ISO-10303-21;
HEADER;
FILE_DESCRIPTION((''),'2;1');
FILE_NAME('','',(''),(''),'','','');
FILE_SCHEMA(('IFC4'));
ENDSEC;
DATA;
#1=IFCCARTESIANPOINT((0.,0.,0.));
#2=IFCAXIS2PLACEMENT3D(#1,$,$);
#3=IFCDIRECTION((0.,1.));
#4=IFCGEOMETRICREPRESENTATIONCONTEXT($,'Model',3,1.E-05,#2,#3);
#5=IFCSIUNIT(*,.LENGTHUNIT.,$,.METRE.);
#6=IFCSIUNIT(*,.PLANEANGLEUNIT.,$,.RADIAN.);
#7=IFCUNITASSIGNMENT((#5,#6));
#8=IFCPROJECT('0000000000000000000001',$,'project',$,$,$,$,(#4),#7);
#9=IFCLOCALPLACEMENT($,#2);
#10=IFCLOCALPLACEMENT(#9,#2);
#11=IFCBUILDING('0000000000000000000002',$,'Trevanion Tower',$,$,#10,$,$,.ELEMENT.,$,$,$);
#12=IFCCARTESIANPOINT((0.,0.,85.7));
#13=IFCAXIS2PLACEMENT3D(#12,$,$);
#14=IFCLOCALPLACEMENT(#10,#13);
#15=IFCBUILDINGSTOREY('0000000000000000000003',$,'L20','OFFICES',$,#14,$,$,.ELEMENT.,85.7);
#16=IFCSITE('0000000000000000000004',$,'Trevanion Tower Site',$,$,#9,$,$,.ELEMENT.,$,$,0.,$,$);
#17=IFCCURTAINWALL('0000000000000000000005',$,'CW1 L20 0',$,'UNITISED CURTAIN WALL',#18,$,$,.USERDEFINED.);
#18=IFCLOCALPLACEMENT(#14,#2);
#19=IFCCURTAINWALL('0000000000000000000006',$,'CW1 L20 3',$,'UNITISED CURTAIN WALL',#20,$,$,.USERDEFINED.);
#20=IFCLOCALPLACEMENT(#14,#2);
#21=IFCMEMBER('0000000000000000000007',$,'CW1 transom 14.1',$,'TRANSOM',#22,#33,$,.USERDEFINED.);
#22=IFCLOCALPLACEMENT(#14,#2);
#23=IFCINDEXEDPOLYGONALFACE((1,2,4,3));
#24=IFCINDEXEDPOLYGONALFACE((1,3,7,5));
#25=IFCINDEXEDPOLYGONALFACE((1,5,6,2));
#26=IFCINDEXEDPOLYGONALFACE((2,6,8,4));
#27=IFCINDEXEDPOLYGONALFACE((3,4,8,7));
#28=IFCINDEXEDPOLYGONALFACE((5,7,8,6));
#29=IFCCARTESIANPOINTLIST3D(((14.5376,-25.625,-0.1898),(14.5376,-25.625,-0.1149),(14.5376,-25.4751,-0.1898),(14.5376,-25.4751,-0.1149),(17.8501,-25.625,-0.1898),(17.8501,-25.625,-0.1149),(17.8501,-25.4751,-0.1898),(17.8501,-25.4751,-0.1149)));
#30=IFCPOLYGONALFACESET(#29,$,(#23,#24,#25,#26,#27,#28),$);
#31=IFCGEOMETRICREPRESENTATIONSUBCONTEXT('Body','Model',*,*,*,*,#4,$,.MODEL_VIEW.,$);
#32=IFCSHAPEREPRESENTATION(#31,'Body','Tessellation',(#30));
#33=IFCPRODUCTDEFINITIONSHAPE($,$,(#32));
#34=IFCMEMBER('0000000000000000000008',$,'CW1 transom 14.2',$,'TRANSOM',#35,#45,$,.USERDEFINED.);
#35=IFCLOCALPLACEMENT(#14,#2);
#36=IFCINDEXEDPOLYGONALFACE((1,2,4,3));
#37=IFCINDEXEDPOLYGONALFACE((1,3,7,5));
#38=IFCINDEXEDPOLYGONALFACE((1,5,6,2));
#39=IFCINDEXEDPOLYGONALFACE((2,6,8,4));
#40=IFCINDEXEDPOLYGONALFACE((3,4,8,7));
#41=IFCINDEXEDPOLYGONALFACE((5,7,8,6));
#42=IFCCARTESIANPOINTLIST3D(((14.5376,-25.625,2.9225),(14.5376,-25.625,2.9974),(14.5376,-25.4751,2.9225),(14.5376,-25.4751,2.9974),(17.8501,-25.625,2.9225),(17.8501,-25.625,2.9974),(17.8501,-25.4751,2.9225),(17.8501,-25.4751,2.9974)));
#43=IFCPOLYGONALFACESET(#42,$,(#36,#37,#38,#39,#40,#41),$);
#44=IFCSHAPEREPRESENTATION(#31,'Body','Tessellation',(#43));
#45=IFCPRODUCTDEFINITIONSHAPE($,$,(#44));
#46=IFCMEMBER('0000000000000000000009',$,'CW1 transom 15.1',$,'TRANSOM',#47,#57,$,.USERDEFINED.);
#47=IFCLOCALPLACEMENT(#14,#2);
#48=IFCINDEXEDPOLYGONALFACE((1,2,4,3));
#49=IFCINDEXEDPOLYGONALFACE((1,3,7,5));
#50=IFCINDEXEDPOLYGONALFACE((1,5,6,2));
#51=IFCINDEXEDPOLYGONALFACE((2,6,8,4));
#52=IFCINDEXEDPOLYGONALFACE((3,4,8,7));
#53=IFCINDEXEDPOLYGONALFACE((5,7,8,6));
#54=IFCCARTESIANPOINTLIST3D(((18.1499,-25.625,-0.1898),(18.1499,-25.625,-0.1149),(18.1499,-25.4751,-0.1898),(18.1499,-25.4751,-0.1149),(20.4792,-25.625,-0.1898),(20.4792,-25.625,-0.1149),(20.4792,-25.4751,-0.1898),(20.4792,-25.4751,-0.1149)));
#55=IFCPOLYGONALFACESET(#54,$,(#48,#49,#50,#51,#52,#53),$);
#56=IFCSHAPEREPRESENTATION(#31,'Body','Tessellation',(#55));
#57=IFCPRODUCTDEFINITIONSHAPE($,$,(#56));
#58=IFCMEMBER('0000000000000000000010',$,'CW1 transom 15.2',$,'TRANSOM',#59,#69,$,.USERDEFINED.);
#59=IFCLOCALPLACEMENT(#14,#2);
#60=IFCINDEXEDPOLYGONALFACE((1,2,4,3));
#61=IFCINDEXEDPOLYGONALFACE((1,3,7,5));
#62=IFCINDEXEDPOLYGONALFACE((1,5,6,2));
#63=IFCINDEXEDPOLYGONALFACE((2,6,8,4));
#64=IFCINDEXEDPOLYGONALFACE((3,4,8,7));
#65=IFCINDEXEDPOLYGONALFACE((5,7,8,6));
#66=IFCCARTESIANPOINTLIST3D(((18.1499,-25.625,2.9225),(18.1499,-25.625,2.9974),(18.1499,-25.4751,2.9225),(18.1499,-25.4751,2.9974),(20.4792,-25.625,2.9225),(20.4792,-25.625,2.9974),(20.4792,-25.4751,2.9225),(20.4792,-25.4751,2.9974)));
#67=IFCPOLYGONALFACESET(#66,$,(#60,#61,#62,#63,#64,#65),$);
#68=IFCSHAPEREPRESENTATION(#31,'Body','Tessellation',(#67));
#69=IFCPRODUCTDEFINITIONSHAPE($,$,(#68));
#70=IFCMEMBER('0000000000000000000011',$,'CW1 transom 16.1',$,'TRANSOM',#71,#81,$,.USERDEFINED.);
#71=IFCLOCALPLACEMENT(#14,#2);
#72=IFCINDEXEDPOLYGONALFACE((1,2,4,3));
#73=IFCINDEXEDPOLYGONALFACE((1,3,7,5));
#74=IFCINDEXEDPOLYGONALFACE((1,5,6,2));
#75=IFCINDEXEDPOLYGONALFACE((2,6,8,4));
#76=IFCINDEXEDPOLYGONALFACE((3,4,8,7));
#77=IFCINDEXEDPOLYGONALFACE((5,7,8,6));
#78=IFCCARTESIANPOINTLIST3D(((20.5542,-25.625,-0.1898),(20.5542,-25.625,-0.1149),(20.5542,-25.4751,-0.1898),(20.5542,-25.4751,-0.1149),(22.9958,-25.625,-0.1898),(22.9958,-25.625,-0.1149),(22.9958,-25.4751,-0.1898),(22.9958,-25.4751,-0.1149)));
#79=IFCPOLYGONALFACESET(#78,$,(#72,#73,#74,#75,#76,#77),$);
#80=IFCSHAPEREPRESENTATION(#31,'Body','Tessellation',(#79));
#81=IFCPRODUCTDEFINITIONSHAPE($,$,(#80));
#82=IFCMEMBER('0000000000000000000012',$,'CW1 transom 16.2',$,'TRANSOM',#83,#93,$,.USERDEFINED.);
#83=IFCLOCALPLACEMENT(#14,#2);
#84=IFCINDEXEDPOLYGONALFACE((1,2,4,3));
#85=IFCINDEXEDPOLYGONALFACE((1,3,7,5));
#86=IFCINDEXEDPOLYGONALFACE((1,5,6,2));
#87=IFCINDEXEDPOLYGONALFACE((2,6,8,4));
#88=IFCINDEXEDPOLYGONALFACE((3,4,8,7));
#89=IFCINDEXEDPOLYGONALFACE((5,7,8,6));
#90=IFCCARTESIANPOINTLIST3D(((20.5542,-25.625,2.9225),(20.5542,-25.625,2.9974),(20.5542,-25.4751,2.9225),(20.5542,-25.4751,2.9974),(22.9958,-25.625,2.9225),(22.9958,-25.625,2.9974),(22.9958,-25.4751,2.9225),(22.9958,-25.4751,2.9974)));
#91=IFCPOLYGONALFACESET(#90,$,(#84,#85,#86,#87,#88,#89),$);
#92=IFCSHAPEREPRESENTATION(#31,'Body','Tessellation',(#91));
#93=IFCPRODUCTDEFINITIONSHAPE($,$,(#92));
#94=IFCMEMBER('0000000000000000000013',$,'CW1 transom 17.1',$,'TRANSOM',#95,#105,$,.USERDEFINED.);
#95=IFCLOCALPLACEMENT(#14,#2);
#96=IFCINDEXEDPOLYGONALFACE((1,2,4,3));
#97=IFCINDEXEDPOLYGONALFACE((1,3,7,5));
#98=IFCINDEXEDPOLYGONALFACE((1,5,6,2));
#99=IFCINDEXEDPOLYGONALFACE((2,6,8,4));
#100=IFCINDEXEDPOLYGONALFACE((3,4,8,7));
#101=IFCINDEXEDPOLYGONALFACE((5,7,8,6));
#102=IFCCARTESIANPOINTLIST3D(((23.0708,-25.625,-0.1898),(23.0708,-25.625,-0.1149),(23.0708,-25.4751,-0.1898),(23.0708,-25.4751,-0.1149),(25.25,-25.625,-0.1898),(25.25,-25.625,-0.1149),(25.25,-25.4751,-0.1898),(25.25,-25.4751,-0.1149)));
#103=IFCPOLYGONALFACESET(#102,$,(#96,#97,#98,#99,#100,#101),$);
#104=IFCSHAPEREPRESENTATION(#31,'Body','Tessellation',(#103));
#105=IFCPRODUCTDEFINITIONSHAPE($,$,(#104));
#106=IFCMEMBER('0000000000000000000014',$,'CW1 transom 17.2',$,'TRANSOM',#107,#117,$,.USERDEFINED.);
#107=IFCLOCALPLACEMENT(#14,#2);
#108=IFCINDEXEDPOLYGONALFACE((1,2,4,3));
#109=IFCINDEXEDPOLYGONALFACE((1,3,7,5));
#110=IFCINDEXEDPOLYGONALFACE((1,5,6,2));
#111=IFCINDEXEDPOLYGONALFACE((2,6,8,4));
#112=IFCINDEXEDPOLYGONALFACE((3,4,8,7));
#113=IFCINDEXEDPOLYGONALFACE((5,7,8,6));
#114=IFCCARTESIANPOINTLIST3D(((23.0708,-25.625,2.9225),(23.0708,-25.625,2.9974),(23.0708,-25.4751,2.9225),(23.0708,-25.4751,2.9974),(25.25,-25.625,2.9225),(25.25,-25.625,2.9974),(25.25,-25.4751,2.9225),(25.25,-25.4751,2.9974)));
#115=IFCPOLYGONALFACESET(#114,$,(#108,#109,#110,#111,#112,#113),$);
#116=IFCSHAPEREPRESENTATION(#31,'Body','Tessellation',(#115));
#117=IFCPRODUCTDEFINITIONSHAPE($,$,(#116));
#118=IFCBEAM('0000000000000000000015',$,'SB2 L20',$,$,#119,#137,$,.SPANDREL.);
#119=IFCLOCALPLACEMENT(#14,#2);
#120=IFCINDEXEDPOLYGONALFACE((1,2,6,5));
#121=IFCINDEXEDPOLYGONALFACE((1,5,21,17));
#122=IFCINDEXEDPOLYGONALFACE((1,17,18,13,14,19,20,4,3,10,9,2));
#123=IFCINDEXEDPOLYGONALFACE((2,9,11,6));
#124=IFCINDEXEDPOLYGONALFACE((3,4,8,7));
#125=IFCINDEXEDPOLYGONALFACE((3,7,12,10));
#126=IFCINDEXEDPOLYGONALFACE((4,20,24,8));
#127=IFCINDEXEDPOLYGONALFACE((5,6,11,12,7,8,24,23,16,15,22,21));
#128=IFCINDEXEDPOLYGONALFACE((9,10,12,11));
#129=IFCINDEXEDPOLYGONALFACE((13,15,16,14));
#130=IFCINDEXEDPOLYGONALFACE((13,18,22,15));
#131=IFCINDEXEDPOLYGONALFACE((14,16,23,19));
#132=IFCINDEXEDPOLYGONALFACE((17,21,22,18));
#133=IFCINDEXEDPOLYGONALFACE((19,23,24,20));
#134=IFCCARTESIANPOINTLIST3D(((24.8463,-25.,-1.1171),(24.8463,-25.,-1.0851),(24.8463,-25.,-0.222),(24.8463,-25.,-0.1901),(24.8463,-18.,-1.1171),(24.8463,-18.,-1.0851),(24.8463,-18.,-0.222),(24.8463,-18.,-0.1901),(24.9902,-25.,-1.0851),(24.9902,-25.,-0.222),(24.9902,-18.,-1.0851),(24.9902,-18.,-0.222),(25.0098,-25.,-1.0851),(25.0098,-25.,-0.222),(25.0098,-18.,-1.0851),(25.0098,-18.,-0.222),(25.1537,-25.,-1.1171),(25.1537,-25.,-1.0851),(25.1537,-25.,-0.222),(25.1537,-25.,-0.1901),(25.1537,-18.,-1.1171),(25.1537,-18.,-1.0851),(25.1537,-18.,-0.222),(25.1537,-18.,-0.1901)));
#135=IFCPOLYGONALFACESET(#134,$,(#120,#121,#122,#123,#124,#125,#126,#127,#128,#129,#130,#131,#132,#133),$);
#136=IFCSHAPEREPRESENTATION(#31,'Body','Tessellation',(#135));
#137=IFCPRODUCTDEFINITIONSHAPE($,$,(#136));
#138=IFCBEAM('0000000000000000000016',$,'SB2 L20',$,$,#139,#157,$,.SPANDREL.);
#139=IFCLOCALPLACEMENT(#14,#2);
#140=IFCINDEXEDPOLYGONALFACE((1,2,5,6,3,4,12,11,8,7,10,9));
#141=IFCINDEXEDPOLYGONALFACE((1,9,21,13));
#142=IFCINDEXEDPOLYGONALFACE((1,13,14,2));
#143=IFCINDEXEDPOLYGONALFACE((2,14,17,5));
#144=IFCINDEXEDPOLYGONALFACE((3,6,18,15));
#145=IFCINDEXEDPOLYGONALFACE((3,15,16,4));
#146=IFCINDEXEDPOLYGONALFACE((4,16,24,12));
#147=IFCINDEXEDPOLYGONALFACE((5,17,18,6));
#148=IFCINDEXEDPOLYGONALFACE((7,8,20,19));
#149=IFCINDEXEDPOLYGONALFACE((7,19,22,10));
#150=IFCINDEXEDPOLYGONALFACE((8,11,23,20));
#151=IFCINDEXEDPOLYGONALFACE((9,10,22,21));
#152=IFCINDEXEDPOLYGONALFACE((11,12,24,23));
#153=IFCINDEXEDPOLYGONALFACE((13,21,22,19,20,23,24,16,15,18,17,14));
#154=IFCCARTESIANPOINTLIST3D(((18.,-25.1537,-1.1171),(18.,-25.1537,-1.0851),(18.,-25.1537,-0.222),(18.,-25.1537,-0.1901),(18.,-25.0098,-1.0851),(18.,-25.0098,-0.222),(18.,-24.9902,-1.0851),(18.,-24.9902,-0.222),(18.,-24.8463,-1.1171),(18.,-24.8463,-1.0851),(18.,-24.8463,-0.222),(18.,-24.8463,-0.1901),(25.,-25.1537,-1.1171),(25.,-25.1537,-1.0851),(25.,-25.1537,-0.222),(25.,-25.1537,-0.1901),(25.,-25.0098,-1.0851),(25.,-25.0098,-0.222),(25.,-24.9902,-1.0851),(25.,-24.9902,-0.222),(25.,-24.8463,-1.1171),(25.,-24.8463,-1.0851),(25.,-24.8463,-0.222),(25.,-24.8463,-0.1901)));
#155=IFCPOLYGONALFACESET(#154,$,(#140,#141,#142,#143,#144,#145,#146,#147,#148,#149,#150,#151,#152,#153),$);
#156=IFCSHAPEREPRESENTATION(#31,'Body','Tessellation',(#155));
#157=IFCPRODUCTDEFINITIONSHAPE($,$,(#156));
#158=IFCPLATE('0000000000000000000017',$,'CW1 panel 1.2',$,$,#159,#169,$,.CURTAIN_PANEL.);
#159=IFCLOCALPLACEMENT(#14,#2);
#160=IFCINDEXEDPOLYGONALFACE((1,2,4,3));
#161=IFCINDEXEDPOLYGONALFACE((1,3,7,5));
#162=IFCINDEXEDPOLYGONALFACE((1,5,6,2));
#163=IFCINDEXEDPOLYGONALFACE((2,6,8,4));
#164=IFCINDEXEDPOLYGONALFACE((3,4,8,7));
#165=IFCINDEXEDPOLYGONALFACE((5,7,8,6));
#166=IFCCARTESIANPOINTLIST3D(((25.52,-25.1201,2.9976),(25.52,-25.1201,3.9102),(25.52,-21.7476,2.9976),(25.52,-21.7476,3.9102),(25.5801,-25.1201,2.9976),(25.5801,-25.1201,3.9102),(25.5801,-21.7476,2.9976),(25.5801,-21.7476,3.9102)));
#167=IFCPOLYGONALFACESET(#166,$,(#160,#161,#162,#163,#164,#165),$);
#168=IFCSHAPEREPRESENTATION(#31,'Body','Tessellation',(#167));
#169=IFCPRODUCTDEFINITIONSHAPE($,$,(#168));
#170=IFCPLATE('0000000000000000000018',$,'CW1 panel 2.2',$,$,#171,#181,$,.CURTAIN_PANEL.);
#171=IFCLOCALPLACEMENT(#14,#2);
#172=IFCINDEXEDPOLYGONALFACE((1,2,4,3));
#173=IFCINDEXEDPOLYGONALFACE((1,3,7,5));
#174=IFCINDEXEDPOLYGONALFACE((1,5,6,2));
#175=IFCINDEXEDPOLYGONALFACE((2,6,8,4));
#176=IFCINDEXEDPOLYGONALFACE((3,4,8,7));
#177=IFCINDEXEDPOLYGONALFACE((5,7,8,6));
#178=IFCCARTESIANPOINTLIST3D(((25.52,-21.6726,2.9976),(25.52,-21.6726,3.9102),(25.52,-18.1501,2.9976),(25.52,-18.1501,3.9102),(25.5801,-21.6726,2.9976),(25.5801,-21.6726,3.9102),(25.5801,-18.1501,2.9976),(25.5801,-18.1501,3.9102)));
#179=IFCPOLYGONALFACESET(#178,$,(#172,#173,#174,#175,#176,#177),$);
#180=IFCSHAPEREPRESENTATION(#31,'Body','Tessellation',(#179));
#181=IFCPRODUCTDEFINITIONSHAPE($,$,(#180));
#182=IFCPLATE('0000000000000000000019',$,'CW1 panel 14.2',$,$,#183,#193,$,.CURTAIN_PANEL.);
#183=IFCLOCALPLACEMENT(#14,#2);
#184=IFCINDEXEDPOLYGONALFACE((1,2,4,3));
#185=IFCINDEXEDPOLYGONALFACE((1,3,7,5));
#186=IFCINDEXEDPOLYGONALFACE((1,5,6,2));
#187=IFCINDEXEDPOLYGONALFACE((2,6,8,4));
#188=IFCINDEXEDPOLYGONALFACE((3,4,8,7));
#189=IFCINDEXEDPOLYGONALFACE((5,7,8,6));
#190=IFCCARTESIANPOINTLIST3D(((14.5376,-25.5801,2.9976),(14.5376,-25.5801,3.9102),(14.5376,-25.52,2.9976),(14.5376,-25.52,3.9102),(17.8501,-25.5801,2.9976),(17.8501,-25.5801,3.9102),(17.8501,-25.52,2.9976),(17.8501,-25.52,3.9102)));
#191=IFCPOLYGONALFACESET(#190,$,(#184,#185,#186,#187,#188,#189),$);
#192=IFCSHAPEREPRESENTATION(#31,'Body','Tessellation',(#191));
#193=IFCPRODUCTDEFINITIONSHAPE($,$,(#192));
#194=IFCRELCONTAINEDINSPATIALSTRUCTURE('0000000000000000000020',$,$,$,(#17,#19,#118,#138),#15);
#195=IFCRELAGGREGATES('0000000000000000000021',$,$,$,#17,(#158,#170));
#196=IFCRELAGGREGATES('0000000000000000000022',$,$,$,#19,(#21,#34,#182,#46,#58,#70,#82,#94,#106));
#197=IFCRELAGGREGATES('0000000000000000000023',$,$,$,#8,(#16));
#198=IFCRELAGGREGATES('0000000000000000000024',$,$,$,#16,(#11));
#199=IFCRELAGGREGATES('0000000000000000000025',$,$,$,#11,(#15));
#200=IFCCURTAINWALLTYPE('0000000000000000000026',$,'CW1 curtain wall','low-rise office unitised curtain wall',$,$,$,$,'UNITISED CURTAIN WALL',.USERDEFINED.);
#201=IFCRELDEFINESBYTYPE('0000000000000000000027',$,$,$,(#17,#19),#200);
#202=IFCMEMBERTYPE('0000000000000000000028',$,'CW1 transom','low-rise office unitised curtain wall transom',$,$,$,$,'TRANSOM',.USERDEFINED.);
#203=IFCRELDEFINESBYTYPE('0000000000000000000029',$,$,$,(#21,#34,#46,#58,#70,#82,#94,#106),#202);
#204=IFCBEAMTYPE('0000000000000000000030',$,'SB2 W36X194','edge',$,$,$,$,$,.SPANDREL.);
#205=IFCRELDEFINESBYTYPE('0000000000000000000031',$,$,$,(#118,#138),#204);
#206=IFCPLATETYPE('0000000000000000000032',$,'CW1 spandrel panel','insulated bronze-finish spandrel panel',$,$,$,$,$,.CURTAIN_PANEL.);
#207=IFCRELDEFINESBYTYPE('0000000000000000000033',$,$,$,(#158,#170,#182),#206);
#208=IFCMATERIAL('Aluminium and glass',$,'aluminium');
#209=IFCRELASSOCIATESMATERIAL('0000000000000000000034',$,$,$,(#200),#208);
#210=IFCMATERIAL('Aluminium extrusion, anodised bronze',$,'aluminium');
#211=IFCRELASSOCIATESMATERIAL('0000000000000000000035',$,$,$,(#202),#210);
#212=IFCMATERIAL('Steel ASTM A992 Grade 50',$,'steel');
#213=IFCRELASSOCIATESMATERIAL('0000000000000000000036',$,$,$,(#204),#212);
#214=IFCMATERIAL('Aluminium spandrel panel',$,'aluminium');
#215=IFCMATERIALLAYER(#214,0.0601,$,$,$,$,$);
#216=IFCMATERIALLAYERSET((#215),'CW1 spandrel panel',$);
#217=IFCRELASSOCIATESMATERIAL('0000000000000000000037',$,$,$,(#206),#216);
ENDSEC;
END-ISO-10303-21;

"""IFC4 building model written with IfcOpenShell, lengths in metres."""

from ifc_helpers import new_model, si_unit, direction, frame, origin, origin_2d, place, context, subcontext, project, spatial, rectangle, i_section, extrude, material, layer, layer_set, material_profile, profile_set, type_object, element, aggregate, save


model = new_model("IFC4")

# Units and contexts
model_context = context("Model", 3, precision=1e-05, world=origin(), true_north=direction((0.0, 1.0)))
body_context = subcontext(model_context, "Body", "Model", "MODEL_VIEW")
ifc_project = project(units=[si_unit("LENGTHUNIT", "METRE"), si_unit("PLANEANGLEUNIT", "RADIAN")], contexts=[model_context])

# Site, building, storey
site_placement = place(None, origin())
site = spatial("IfcSite", under=ifc_project, at=site_placement, Name="Trevanion Tower Site", CompositionType="ELEMENT", RefElevation=0.0)
building_placement = place(site_placement, origin())
building = spatial("IfcBuilding", under=site, at=building_placement, Name="Trevanion Tower", CompositionType="ELEMENT")
storey_placement = place(building_placement, frame((0.0, 0.0, 85.7)))
storey = spatial("IfcBuildingStorey", under=building, at=storey_placement, Name="L20", Description="OFFICES", CompositionType="ELEMENT", Elevation=85.7)

# Curtain wall
ifc_material_1 = material(Name="Aluminium and glass", Category="aluminium")
curtain_wall_type = type_object("IfcCurtainWallType", Name="CW1 curtain wall", Description="low-rise office unitised curtain wall", ElementType="UNITISED CURTAIN WALL", PredefinedType="USERDEFINED", material=ifc_material_1)
curtain_wall_1_placement = place(storey_placement, origin())
curtain_wall_1 = element("IfcCurtainWall", 1, at=curtain_wall_1_placement, inside=storey, type_object=curtain_wall_type, Name="CW1 L20 0", ObjectType="UNITISED CURTAIN WALL", PredefinedType="USERDEFINED")

# Curtain wall
curtain_wall_2_placement = place(storey_placement, origin())
curtain_wall_2 = element("IfcCurtainWall", 2, at=curtain_wall_2_placement, inside=storey, type_object=curtain_wall_type, Name="CW1 L20 3", ObjectType="UNITISED CURTAIN WALL", PredefinedType="USERDEFINED")

# Members
ifc_material_2 = material(Name="Aluminium extrusion, anodised bronze", Category="aluminium")
ifc_material_profile_1 = material_profile(ifc_material_2, rectangle(XDim=0.1499, YDim=0.075, at=origin_2d()), Name="CW1 transom")
ifc_profile_set_1 = profile_set([ifc_material_profile_1], Name="Aluminium extrusion, anodised bronze")
member_type_1 = type_object("IfcMemberType", Name="CW1 transom", Description="low-rise office unitised curtain wall transom", ElementType="TRANSOM", PredefinedType="USERDEFINED", material=ifc_profile_set_1)
member_1_placement = place(storey_placement, frame((14.5376, -25.55, -0.1523), z_axis=(1.0, 0.0, 0.0), x_axis=(0.0, 1.0, 0.0)))
member_1 = element("IfcMember", 3, at=member_1_placement, type_object=member_type_1, Name="CW1 transom 14.1", ObjectType="TRANSOM", PredefinedType="USERDEFINED", context=body_context, shape_type="SweptSolid", body=[
    extrude(rectangle(XDim=0.1499, YDim=0.075, at=origin_2d()), origin(), (0.0, 0.0, 1.0), 3.3125),
])
member_2_placement = place(storey_placement, frame((14.5376, -25.55, 2.96), z_axis=(1.0, 0.0, 0.0), x_axis=(0.0, 1.0, 0.0)))
member_2 = element("IfcMember", 4, at=member_2_placement, type_object=member_type_1, Name="CW1 transom 14.2", ObjectType="TRANSOM", PredefinedType="USERDEFINED", context=body_context, shape_type="SweptSolid", body=[
    extrude(rectangle(XDim=0.1499, YDim=0.075, at=origin_2d()), origin(), (0.0, 0.0, 1.0), 3.3125),
])
member_3_placement = place(storey_placement, frame((18.1499, -25.55, -0.1523), z_axis=(1.0, 0.0, 0.0), x_axis=(0.0, 1.0, 0.0)))
member_3 = element("IfcMember", 5, at=member_3_placement, type_object=member_type_1, Name="CW1 transom 15.1", ObjectType="TRANSOM", PredefinedType="USERDEFINED", context=body_context, shape_type="SweptSolid", body=[
    extrude(rectangle(XDim=0.1499, YDim=0.075, at=origin_2d()), origin(), (0.0, 0.0, 1.0), 2.3293),
])
member_4_placement = place(storey_placement, frame((18.1499, -25.55, 2.96), z_axis=(1.0, 0.0, 0.0), x_axis=(0.0, 1.0, 0.0)))
member_4 = element("IfcMember", 6, at=member_4_placement, type_object=member_type_1, Name="CW1 transom 15.2", ObjectType="TRANSOM", PredefinedType="USERDEFINED", context=body_context, shape_type="SweptSolid", body=[
    extrude(rectangle(XDim=0.1499, YDim=0.075, at=origin_2d()), origin(), (0.0, 0.0, 1.0), 2.3293),
])
member_5_placement = place(storey_placement, frame((20.5542, -25.55, -0.1523), z_axis=(1.0, 0.0, 0.0), x_axis=(0.0, 1.0, 0.0)))
member_5 = element("IfcMember", 7, at=member_5_placement, type_object=member_type_1, Name="CW1 transom 16.1", ObjectType="TRANSOM", PredefinedType="USERDEFINED", context=body_context, shape_type="SweptSolid", body=[
    extrude(rectangle(XDim=0.1499, YDim=0.075, at=origin_2d()), origin(), (0.0, 0.0, 1.0), 2.4417),
])
member_6_placement = place(storey_placement, frame((20.5542, -25.55, 2.96), z_axis=(1.0, 0.0, 0.0), x_axis=(0.0, 1.0, 0.0)))
member_6 = element("IfcMember", 8, at=member_6_placement, type_object=member_type_1, Name="CW1 transom 16.2", ObjectType="TRANSOM", PredefinedType="USERDEFINED", context=body_context, shape_type="SweptSolid", body=[
    extrude(rectangle(XDim=0.1499, YDim=0.075, at=origin_2d()), origin(), (0.0, 0.0, 1.0), 2.4417),
])
member_7_placement = place(storey_placement, frame((23.0708, -25.55, -0.1523), z_axis=(1.0, 0.0, 0.0), x_axis=(0.0, 1.0, 0.0)))
member_7 = element("IfcMember", 9, at=member_7_placement, type_object=member_type_1, Name="CW1 transom 17.1", ObjectType="TRANSOM", PredefinedType="USERDEFINED", context=body_context, shape_type="SweptSolid", body=[
    extrude(rectangle(XDim=0.1499, YDim=0.075, at=origin_2d()), origin(), (0.0, 0.0, 1.0), 2.1792),
])
member_8_placement = place(storey_placement, frame((23.0708, -25.55, 2.96), z_axis=(1.0, 0.0, 0.0), x_axis=(0.0, 1.0, 0.0)))
member_8 = element("IfcMember", 10, at=member_8_placement, type_object=member_type_1, Name="CW1 transom 17.2", ObjectType="TRANSOM", PredefinedType="USERDEFINED", context=body_context, shape_type="SweptSolid", body=[
    extrude(rectangle(XDim=0.1499, YDim=0.075, at=origin_2d()), origin(), (0.0, 0.0, 1.0), 2.1792),
])

# Beams
ifc_material_3 = material(Name="Steel ASTM A992 Grade 50", Category="steel")
ifc_material_profile_2 = material_profile(ifc_material_3, i_section(OverallWidth=0.3074, OverallDepth=0.927, WebThickness=0.0195, FlangeThickness=0.032, at=origin_2d()), Name="W36X194")
ifc_profile_set_2 = profile_set([ifc_material_profile_2], Name="Steel ASTM A992 Grade 50")
beam_type = type_object("IfcBeamType", Name="SB2 W36X194", Description="edge", PredefinedType="SPANDREL", material=ifc_profile_set_2)
for number, where, z_axis, x_axis, name in (
    (11, (25.0, -25.0, -0.6536), (0.0, 1.0, 0.0), (-1.0, 0.0, 0.0), "SB2 L20"),
    (12, (18.0, -25.0, -0.6536), (1.0, 0.0, 0.0), (0.0, 1.0, 0.0), "SB2 L20"),
):
    element("IfcBeam", number, at=place(storey_placement, frame(where, z_axis=z_axis, x_axis=x_axis)), inside=storey, type_object=beam_type, Name=name, PredefinedType="SPANDREL", context=body_context, shape_type="SweptSolid", body=[
        extrude(i_section(OverallWidth=0.3074, OverallDepth=0.927, WebThickness=0.0195, FlangeThickness=0.032, at=origin_2d()), origin(), (0.0, 0.0, 1.0), 7.0),
    ])

# Plates
ifc_material_4 = material(Name="Aluminium spandrel panel", Category="aluminium")
ifc_layer_1 = layer(ifc_material_4, 0.0601)
ifc_layer_set_1 = layer_set([ifc_layer_1], Name="CW1 spandrel panel")
plate_type_1 = type_object("IfcPlateType", Name="CW1 spandrel panel", Description="insulated bronze-finish spandrel panel", PredefinedType="CURTAIN_PANEL", material=ifc_layer_set_1)
plate_1_placement = place(storey_placement, frame((25.55, -23.4338, 2.9976), z_axis=(0.0, 0.0, 1.0), x_axis=(0.0, 1.0, 0.0)))
plate_1 = element("IfcPlate", 13, at=plate_1_placement, type_object=plate_type_1, Name="CW1 panel 1.2", PredefinedType="CURTAIN_PANEL", context=body_context, shape_type="SweptSolid", body=[
    extrude(rectangle(XDim=3.3726, YDim=0.0601, at=origin_2d()), origin(), (0.0, 0.0, 1.0), 0.9126),
])
plate_2_placement = place(storey_placement, frame((25.55, -19.9114, 2.9976), z_axis=(0.0, 0.0, 1.0), x_axis=(0.0, 1.0, 0.0)))
plate_2 = element("IfcPlate", 14, at=plate_2_placement, type_object=plate_type_1, Name="CW1 panel 2.2", PredefinedType="CURTAIN_PANEL", context=body_context, shape_type="SweptSolid", body=[
    extrude(rectangle(XDim=3.5225, YDim=0.0601, at=origin_2d()), origin(), (0.0, 0.0, 1.0), 0.9126),
])
plate_3_placement = place(storey_placement, frame((16.1938, -25.55, 2.9976), z_axis=(0.0, 0.0, 1.0), x_axis=(1.0, 0.0, 0.0)))
plate_3 = element("IfcPlate", 15, at=plate_3_placement, type_object=plate_type_1, Name="CW1 panel 14.2", PredefinedType="CURTAIN_PANEL", context=body_context, shape_type="SweptSolid", body=[
    extrude(rectangle(XDim=3.3125, YDim=0.0601, at=origin_2d()), origin(), (0.0, 0.0, 1.0), 0.9126),
])
aggregate(curtain_wall_1, [plate_1, plate_2])
aggregate(curtain_wall_2, [member_1, member_2, plate_3, member_3, member_4, member_5, member_6, member_7, member_8])

save(model, "model.ifc")
